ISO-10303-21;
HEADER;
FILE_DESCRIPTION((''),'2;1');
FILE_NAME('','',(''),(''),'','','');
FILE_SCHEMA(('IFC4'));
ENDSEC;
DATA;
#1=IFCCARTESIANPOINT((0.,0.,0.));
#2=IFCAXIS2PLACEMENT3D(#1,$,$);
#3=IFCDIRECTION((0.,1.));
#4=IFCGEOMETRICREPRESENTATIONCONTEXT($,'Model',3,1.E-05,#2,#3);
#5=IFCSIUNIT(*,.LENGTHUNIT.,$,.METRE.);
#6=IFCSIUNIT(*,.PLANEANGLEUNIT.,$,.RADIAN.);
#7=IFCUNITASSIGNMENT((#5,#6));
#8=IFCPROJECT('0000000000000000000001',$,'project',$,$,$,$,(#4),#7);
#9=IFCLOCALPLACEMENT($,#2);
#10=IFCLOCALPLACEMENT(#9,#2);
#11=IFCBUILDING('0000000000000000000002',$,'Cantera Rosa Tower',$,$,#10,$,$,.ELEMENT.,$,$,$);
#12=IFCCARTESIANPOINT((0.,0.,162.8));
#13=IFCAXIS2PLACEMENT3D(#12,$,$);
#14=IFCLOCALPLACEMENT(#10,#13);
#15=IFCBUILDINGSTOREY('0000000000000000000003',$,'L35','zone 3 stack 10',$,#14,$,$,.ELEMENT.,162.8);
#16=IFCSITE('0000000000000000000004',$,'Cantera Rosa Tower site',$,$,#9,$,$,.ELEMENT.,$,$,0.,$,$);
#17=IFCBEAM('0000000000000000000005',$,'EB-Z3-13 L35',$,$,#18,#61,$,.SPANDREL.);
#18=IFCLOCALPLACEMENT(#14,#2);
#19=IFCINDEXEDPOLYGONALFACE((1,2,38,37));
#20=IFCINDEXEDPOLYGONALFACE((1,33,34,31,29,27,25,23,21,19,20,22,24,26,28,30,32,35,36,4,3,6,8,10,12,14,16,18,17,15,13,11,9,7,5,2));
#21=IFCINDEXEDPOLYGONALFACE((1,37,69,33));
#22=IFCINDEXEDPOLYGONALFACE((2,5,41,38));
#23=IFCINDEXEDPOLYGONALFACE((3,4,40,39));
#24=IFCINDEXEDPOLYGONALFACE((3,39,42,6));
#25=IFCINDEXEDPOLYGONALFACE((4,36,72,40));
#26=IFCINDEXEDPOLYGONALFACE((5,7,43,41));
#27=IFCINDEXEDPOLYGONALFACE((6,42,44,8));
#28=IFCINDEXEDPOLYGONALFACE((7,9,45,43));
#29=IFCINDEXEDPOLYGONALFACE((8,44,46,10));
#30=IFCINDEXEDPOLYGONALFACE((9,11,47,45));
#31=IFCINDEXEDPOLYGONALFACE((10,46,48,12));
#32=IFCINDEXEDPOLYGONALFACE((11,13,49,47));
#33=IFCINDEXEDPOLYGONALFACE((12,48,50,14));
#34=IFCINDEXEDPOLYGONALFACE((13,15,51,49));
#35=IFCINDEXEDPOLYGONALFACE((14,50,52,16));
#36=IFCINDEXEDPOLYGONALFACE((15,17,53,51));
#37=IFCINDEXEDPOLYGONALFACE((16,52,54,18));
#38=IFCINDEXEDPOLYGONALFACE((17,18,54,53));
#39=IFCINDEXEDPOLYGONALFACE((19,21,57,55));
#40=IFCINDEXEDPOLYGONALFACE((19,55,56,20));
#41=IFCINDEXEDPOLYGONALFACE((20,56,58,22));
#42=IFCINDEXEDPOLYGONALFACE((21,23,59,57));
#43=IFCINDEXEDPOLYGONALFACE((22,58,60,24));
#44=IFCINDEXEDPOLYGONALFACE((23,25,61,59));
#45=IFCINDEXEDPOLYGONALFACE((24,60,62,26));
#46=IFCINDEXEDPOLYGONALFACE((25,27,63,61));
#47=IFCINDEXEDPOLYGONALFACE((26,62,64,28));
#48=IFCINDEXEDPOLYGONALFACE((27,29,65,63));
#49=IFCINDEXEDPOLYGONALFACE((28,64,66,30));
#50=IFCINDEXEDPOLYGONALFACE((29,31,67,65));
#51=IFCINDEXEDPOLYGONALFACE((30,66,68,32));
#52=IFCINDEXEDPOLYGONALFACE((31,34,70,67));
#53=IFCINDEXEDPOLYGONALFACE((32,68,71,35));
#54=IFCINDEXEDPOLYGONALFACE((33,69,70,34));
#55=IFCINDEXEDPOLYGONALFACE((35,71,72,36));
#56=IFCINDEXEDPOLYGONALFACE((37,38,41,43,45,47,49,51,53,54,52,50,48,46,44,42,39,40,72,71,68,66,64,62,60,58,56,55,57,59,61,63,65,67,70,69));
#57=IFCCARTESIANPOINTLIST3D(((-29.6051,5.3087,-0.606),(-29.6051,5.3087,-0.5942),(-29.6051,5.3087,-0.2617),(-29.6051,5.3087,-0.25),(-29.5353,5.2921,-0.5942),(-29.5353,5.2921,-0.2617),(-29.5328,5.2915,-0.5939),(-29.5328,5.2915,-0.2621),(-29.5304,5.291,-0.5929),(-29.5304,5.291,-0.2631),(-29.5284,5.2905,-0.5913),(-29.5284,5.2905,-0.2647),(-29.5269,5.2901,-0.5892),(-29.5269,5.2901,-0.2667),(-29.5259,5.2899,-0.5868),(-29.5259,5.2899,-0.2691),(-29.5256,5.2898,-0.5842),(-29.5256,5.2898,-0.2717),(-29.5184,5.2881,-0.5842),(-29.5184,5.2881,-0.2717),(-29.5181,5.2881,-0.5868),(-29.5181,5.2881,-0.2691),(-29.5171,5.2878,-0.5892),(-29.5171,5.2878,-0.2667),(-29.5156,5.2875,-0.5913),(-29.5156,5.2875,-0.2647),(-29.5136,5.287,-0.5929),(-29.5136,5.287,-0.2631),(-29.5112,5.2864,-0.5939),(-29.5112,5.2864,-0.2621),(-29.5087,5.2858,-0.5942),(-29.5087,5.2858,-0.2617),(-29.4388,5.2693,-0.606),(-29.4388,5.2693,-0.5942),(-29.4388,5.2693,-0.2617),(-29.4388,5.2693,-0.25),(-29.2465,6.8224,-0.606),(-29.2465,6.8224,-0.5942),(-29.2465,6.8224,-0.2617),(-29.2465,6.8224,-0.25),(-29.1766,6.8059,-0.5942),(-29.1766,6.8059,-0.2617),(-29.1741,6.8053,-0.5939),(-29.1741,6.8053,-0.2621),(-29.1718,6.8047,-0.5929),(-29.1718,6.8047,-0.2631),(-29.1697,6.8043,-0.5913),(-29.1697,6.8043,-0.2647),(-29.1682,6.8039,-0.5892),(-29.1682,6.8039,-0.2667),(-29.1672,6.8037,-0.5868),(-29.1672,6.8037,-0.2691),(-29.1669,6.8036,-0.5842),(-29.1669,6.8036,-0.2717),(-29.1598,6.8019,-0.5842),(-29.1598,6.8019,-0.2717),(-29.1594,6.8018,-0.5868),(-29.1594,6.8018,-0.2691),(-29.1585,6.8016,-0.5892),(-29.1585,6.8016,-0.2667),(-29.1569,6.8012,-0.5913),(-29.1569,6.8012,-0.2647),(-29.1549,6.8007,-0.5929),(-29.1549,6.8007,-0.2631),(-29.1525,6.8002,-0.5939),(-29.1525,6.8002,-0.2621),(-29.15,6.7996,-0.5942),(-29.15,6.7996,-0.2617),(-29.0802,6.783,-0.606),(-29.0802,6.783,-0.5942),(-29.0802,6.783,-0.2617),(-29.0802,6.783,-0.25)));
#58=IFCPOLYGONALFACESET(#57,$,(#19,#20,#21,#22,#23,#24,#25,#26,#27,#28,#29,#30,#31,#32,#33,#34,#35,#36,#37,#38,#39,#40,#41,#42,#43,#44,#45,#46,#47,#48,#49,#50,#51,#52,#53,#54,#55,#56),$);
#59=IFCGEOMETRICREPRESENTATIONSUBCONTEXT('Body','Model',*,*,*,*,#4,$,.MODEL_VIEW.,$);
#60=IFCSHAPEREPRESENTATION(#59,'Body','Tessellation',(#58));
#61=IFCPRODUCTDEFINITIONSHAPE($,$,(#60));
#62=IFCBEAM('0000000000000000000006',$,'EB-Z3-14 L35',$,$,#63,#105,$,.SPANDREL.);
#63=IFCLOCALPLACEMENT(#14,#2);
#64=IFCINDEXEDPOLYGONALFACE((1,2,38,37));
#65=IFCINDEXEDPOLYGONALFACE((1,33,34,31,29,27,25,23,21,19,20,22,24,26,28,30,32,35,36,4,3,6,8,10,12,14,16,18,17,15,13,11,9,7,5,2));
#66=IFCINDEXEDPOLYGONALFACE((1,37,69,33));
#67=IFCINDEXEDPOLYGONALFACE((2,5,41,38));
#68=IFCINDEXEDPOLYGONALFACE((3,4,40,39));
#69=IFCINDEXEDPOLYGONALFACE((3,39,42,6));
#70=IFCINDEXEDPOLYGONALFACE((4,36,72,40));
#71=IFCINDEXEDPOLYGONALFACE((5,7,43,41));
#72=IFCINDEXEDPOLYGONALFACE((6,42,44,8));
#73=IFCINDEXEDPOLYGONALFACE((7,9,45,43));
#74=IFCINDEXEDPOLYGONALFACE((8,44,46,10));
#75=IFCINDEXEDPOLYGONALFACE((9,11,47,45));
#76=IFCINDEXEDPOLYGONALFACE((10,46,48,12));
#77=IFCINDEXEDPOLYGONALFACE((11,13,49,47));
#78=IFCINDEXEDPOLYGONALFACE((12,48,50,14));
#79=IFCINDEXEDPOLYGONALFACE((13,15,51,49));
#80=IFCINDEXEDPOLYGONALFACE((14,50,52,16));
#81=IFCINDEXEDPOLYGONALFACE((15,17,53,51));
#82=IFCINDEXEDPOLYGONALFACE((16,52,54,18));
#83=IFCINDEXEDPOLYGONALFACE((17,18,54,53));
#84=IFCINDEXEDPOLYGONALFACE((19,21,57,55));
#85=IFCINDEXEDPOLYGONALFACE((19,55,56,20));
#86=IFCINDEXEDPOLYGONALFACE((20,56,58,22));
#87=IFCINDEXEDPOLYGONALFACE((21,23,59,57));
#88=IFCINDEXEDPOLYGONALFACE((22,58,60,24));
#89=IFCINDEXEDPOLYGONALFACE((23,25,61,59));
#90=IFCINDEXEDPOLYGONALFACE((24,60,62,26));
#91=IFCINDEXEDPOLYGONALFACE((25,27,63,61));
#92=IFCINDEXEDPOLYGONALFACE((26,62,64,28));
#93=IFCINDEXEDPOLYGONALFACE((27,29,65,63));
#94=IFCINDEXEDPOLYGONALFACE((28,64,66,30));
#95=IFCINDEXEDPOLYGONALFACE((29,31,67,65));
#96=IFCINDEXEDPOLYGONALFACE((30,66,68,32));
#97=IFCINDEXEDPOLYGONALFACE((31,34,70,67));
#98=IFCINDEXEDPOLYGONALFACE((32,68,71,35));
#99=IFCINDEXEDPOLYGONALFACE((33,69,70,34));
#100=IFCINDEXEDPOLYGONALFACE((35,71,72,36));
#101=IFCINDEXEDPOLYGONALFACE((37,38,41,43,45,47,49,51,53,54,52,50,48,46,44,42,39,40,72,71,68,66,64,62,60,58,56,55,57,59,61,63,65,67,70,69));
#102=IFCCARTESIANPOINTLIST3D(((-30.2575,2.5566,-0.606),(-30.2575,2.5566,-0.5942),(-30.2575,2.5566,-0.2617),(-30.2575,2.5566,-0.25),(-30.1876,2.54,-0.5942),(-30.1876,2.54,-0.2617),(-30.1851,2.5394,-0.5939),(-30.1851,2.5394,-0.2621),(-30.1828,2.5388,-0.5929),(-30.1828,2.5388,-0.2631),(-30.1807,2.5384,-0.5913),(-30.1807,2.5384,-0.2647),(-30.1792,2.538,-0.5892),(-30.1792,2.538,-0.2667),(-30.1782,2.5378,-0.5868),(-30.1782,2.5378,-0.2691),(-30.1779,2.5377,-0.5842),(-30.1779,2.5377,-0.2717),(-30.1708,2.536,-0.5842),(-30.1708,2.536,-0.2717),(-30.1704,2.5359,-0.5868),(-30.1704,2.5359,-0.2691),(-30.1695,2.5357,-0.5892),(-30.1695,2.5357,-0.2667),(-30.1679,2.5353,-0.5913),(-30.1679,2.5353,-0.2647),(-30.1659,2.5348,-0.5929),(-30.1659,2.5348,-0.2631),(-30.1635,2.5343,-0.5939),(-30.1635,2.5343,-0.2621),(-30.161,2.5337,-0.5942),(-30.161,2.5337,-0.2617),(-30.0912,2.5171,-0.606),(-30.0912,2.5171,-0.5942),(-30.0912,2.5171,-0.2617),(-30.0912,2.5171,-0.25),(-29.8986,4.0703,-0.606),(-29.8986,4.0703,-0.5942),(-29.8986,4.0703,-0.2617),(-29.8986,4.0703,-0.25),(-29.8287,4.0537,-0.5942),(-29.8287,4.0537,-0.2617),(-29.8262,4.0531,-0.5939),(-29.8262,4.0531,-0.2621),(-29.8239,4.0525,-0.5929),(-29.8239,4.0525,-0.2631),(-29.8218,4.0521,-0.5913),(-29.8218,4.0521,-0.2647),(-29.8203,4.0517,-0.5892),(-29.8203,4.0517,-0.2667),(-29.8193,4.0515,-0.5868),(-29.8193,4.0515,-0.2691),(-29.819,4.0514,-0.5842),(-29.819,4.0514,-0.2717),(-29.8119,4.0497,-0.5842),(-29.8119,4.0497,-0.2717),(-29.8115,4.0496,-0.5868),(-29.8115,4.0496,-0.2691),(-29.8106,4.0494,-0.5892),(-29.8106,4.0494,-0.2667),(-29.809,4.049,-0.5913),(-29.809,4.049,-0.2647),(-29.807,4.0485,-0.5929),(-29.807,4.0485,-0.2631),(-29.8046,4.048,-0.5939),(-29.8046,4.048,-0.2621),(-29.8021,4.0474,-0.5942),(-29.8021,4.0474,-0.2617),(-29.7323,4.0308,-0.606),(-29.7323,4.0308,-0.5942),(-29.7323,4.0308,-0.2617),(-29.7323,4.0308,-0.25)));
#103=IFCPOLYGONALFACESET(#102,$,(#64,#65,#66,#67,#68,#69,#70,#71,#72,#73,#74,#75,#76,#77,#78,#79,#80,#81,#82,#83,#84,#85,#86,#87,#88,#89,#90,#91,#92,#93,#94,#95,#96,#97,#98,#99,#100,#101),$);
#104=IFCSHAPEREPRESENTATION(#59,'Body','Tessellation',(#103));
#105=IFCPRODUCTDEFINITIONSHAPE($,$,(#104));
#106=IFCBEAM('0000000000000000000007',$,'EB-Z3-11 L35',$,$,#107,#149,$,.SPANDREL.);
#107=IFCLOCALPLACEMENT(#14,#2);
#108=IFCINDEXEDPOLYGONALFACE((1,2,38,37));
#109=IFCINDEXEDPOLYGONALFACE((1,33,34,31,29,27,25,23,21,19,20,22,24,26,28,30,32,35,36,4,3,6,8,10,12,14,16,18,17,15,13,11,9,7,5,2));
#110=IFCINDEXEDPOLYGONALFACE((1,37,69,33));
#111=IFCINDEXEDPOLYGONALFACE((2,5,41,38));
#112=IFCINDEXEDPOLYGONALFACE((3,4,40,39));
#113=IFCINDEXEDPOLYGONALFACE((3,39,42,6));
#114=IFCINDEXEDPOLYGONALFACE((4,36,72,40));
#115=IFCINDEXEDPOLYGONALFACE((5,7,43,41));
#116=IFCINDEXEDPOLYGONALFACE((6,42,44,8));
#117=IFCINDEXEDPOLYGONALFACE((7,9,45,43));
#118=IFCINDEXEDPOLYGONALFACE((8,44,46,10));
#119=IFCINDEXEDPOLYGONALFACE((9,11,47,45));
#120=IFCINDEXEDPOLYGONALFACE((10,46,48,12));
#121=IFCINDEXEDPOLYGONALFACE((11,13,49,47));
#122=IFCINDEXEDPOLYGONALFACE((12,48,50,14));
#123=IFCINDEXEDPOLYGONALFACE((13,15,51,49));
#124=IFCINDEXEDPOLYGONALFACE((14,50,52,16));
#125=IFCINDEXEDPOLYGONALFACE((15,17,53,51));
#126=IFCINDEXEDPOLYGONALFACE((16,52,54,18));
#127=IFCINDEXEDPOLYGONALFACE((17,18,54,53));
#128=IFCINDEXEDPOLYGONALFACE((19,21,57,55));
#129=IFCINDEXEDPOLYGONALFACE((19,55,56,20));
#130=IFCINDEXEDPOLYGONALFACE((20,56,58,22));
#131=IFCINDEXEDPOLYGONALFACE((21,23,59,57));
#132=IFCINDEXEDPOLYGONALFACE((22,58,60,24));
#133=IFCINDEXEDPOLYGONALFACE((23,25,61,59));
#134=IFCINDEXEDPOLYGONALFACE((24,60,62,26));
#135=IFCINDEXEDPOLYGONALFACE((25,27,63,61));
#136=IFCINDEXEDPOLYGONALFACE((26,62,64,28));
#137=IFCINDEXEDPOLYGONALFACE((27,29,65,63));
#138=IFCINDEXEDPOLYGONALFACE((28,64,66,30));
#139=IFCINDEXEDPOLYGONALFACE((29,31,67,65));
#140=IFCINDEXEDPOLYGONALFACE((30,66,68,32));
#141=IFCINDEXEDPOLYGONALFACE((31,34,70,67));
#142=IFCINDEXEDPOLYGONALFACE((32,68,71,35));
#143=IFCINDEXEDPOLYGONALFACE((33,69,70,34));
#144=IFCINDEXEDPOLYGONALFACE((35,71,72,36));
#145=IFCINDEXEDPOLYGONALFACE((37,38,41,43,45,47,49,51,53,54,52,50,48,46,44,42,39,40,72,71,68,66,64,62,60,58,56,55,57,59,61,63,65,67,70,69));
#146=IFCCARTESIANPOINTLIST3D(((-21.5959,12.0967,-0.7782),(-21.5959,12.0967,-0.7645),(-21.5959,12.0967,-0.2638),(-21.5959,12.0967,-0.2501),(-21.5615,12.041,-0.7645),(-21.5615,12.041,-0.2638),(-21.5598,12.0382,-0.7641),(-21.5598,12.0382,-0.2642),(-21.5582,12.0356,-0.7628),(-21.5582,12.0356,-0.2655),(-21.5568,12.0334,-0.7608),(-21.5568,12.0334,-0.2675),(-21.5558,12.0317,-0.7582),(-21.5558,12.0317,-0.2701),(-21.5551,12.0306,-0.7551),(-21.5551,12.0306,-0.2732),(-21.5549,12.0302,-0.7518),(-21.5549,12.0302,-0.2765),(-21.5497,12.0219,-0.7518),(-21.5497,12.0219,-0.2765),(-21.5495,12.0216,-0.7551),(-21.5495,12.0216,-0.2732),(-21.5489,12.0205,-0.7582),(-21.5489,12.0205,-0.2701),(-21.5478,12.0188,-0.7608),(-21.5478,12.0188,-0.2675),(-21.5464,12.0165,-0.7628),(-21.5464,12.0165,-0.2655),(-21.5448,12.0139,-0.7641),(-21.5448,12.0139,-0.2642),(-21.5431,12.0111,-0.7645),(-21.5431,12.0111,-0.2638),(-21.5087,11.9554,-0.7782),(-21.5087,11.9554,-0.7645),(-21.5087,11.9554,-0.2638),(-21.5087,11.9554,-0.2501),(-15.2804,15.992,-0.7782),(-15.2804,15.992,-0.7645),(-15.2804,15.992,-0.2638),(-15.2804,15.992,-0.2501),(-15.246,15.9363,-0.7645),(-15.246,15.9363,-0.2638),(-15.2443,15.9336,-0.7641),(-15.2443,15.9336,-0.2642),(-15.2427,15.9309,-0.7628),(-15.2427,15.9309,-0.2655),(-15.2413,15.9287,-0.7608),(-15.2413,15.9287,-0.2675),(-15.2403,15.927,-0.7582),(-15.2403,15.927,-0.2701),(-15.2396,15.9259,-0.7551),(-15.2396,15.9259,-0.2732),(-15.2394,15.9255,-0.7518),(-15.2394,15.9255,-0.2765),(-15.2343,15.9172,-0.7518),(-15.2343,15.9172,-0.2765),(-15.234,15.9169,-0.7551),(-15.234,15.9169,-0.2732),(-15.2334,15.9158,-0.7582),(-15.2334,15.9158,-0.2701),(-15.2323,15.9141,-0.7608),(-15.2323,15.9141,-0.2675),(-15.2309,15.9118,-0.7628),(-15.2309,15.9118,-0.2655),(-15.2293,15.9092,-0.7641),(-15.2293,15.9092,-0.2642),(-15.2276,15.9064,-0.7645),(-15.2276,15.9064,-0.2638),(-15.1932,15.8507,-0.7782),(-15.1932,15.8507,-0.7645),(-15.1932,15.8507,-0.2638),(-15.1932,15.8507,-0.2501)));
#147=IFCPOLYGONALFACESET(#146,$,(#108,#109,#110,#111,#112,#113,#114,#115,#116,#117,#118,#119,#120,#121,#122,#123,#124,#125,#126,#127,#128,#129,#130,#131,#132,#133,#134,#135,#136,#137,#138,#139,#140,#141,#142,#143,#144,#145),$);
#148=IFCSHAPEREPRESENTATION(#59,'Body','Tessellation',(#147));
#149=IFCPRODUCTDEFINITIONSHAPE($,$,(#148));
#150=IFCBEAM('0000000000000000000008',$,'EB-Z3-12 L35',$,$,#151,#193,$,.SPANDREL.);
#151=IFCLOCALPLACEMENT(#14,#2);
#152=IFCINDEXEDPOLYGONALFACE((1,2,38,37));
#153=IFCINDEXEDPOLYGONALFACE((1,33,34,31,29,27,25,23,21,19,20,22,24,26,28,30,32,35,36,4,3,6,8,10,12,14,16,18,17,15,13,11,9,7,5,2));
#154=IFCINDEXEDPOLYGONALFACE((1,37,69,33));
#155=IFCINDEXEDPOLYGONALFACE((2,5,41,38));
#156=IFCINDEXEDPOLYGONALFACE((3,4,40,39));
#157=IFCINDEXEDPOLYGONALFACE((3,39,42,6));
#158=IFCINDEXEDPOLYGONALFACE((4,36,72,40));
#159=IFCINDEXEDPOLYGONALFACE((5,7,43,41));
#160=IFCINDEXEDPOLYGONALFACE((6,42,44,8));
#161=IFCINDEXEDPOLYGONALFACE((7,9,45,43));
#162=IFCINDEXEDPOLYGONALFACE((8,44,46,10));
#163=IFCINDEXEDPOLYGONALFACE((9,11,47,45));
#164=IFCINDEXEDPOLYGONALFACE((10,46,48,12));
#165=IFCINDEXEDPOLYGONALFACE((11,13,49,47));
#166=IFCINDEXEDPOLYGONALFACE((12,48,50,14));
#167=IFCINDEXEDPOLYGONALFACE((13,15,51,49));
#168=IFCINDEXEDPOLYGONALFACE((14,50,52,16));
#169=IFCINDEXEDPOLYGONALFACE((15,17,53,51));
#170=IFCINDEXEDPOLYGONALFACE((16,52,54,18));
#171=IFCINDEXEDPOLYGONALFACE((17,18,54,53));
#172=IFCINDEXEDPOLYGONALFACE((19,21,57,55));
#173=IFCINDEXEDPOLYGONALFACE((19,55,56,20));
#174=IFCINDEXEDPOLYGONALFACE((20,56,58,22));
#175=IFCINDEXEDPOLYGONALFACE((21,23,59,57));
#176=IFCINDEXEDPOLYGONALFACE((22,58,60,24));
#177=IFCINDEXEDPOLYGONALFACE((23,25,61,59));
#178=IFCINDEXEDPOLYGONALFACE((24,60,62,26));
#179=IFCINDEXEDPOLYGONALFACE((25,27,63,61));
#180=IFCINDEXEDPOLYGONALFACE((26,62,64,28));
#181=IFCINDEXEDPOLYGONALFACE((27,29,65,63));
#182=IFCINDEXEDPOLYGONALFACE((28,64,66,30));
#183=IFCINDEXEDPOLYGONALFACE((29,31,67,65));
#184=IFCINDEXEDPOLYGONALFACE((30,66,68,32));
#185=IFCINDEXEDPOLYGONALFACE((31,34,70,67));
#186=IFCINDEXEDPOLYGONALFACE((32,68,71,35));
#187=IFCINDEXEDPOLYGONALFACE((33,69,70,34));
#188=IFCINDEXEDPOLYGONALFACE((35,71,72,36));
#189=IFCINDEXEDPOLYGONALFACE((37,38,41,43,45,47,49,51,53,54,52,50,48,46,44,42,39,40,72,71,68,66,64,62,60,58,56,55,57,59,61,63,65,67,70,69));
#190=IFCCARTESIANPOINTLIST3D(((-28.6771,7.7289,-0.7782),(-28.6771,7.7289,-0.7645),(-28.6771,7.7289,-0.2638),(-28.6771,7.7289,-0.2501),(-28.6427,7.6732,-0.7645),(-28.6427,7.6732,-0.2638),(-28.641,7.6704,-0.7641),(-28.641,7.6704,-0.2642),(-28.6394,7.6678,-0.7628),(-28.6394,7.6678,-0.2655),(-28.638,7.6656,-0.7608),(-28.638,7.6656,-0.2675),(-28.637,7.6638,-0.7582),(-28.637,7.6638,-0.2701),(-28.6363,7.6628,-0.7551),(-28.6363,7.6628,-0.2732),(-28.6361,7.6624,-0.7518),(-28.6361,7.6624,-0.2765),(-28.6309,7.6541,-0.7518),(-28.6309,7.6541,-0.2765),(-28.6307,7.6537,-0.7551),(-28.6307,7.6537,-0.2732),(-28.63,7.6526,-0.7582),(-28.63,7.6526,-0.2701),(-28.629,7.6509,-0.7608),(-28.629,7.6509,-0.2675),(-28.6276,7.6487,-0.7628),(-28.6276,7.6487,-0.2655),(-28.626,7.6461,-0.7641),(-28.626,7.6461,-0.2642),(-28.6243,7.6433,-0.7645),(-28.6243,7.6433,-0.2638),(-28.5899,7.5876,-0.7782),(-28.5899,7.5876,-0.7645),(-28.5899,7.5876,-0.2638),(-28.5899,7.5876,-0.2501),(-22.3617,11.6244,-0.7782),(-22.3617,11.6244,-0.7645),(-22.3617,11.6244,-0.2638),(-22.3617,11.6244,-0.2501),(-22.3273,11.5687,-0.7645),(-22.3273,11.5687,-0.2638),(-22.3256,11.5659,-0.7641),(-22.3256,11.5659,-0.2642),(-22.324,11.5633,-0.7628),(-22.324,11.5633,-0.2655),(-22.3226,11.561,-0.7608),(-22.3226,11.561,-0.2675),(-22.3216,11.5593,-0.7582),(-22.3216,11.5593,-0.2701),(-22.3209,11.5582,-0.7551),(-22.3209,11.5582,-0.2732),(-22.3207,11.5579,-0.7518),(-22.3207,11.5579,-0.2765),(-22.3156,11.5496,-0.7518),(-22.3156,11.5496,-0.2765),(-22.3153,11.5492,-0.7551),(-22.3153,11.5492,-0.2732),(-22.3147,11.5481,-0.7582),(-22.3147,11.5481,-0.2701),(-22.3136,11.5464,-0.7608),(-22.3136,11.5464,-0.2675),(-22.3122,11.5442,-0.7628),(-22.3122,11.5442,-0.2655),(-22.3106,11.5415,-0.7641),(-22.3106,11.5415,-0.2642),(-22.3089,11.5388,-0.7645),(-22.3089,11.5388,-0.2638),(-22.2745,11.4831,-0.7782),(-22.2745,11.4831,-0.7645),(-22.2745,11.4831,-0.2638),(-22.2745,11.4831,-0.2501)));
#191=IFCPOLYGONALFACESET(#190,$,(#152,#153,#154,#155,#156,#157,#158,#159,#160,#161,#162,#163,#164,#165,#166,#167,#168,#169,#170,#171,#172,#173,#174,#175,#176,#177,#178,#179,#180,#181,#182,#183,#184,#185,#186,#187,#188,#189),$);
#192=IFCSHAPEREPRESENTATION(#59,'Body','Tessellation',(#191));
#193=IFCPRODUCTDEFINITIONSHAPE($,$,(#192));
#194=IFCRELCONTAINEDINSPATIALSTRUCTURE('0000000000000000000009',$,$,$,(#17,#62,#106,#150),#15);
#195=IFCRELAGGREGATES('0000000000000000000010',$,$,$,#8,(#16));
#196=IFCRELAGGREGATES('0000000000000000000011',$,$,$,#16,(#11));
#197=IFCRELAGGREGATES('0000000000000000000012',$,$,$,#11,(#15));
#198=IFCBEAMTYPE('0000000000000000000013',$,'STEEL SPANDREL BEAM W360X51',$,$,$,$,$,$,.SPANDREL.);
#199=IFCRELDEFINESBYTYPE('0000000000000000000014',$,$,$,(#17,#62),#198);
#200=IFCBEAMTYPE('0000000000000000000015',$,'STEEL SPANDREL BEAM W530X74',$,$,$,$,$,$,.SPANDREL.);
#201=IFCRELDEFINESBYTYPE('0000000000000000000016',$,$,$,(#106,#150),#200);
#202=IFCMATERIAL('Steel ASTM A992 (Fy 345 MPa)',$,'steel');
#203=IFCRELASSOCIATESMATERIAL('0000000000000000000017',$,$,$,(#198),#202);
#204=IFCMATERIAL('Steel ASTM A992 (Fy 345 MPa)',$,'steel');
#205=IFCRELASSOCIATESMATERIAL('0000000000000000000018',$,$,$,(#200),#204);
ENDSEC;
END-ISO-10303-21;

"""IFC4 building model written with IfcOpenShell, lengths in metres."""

from ifc_helpers import new_model, si_unit, direction, frame, origin, origin_2d, place, context, subcontext, project, spatial, i_section, extrude, material, material_profile, profile_set, type_object, element, save


model = new_model("IFC4")

# Units and contexts
model_context = context("Model", 3, precision=1e-05, world=origin(), true_north=direction((0.0, 1.0)))
body_context = subcontext(model_context, "Body", "Model", "MODEL_VIEW")
ifc_project = project(units=[si_unit("LENGTHUNIT", "METRE"), si_unit("PLANEANGLEUNIT", "RADIAN")], contexts=[model_context])

# Site, building, storey
site_placement = place(None, origin())
site = spatial("IfcSite", under=ifc_project, at=site_placement, Name="Cantera Rosa Tower site", CompositionType="ELEMENT", RefElevation=0.0)
building_placement = place(site_placement, origin())
building = spatial("IfcBuilding", under=site, at=building_placement, Name="Cantera Rosa Tower", CompositionType="ELEMENT")
storey_placement = place(building_placement, frame((0.0, 0.0, 162.8)))
storey = spatial("IfcBuildingStorey", under=building, at=storey_placement, Name="L35", Description="zone 3 stack 10", CompositionType="ELEMENT", Elevation=162.8)

# Beams
ifc_material_1 = material(Name="Steel ASTM A992 (Fy 345 MPa)", Category="steel")
ifc_material_profile_1 = material_profile(ifc_material_1, i_section(OverallWidth=0.1709, OverallDepth=0.356, WebThickness=0.0073, FlangeThickness=0.0117, FilletRadius=0.01, at=origin_2d()), Name="W360X51")
ifc_profile_set_1 = profile_set([ifc_material_profile_1], Name="Steel ASTM A992 (Fy 345 MPa)")
beam_type_1 = type_object("IfcBeamType", Name="STEEL SPANDREL BEAM W360X51", PredefinedType="SPANDREL", material=ifc_profile_set_1)
for number, where, z_axis, x_axis, name in (
    (1, (-29.1633, 6.8027, -0.428), (-0.230552, -0.97306, 0.0), (0.97306, -0.230552, 0.0), "EB-Z3-13 L35"),
    (2, (-29.8154, 4.0505, -0.428), (-0.230701, -0.973025, 0.0), (0.973025, -0.230701, 0.0), "EB-Z3-14 L35"),
):
    element("IfcBeam", number, at=place(storey_placement, frame(where, z_axis=z_axis, x_axis=x_axis)), inside=storey, type_object=beam_type_1, Name=name, PredefinedType="SPANDREL", context=body_context, shape_type="SweptSolid", body=[
        extrude(i_section(OverallWidth=0.1709, OverallDepth=0.356, WebThickness=0.0073, FlangeThickness=0.0117, FilletRadius=0.01, at=origin_2d()), origin(), (0.0, 0.0, 1.0), 1.5557),
    ])
ifc_material_2 = material(Name="Steel ASTM A992 (Fy 345 MPa)", Category="steel")
ifc_material_profile_2 = material_profile(ifc_material_2, i_section(OverallWidth=0.166, OverallDepth=0.5281, WebThickness=0.0098, FlangeThickness=0.0137, FilletRadius=0.0127, at=origin_2d()), Name="W530X74")
ifc_profile_set_2 = profile_set([ifc_material_profile_2], Name="Steel ASTM A992 (Fy 345 MPa)")
beam_type_2 = type_object("IfcBeamType", Name="STEEL SPANDREL BEAM W530X74", PredefinedType="SPANDREL", material=ifc_profile_set_2)
for number, where, z_axis, x_axis, name in (
    (3, (-15.2368, 15.9214, -0.5142), (-0.851126, -0.524962, 0.0), (0.524962, -0.851126, 0.0), "EB-Z3-11 L35"),
    (4, (-22.3181, 11.5537, -0.5142), (-0.851111, -0.524986, 0.0), (0.524986, -0.851111, 0.0), "EB-Z3-12 L35"),
):
    element("IfcBeam", number, at=place(storey_placement, frame(where, z_axis=z_axis, x_axis=x_axis)), inside=storey, type_object=beam_type_2, Name=name, PredefinedType="SPANDREL", context=body_context, shape_type="SweptSolid", body=[
        extrude(i_section(OverallWidth=0.166, OverallDepth=0.5281, WebThickness=0.0098, FlangeThickness=0.0137, FilletRadius=0.0127, at=origin_2d()), origin(), (0.0, 0.0, 1.0), 7.4202),
    ])

save(model, "model.ifc")
